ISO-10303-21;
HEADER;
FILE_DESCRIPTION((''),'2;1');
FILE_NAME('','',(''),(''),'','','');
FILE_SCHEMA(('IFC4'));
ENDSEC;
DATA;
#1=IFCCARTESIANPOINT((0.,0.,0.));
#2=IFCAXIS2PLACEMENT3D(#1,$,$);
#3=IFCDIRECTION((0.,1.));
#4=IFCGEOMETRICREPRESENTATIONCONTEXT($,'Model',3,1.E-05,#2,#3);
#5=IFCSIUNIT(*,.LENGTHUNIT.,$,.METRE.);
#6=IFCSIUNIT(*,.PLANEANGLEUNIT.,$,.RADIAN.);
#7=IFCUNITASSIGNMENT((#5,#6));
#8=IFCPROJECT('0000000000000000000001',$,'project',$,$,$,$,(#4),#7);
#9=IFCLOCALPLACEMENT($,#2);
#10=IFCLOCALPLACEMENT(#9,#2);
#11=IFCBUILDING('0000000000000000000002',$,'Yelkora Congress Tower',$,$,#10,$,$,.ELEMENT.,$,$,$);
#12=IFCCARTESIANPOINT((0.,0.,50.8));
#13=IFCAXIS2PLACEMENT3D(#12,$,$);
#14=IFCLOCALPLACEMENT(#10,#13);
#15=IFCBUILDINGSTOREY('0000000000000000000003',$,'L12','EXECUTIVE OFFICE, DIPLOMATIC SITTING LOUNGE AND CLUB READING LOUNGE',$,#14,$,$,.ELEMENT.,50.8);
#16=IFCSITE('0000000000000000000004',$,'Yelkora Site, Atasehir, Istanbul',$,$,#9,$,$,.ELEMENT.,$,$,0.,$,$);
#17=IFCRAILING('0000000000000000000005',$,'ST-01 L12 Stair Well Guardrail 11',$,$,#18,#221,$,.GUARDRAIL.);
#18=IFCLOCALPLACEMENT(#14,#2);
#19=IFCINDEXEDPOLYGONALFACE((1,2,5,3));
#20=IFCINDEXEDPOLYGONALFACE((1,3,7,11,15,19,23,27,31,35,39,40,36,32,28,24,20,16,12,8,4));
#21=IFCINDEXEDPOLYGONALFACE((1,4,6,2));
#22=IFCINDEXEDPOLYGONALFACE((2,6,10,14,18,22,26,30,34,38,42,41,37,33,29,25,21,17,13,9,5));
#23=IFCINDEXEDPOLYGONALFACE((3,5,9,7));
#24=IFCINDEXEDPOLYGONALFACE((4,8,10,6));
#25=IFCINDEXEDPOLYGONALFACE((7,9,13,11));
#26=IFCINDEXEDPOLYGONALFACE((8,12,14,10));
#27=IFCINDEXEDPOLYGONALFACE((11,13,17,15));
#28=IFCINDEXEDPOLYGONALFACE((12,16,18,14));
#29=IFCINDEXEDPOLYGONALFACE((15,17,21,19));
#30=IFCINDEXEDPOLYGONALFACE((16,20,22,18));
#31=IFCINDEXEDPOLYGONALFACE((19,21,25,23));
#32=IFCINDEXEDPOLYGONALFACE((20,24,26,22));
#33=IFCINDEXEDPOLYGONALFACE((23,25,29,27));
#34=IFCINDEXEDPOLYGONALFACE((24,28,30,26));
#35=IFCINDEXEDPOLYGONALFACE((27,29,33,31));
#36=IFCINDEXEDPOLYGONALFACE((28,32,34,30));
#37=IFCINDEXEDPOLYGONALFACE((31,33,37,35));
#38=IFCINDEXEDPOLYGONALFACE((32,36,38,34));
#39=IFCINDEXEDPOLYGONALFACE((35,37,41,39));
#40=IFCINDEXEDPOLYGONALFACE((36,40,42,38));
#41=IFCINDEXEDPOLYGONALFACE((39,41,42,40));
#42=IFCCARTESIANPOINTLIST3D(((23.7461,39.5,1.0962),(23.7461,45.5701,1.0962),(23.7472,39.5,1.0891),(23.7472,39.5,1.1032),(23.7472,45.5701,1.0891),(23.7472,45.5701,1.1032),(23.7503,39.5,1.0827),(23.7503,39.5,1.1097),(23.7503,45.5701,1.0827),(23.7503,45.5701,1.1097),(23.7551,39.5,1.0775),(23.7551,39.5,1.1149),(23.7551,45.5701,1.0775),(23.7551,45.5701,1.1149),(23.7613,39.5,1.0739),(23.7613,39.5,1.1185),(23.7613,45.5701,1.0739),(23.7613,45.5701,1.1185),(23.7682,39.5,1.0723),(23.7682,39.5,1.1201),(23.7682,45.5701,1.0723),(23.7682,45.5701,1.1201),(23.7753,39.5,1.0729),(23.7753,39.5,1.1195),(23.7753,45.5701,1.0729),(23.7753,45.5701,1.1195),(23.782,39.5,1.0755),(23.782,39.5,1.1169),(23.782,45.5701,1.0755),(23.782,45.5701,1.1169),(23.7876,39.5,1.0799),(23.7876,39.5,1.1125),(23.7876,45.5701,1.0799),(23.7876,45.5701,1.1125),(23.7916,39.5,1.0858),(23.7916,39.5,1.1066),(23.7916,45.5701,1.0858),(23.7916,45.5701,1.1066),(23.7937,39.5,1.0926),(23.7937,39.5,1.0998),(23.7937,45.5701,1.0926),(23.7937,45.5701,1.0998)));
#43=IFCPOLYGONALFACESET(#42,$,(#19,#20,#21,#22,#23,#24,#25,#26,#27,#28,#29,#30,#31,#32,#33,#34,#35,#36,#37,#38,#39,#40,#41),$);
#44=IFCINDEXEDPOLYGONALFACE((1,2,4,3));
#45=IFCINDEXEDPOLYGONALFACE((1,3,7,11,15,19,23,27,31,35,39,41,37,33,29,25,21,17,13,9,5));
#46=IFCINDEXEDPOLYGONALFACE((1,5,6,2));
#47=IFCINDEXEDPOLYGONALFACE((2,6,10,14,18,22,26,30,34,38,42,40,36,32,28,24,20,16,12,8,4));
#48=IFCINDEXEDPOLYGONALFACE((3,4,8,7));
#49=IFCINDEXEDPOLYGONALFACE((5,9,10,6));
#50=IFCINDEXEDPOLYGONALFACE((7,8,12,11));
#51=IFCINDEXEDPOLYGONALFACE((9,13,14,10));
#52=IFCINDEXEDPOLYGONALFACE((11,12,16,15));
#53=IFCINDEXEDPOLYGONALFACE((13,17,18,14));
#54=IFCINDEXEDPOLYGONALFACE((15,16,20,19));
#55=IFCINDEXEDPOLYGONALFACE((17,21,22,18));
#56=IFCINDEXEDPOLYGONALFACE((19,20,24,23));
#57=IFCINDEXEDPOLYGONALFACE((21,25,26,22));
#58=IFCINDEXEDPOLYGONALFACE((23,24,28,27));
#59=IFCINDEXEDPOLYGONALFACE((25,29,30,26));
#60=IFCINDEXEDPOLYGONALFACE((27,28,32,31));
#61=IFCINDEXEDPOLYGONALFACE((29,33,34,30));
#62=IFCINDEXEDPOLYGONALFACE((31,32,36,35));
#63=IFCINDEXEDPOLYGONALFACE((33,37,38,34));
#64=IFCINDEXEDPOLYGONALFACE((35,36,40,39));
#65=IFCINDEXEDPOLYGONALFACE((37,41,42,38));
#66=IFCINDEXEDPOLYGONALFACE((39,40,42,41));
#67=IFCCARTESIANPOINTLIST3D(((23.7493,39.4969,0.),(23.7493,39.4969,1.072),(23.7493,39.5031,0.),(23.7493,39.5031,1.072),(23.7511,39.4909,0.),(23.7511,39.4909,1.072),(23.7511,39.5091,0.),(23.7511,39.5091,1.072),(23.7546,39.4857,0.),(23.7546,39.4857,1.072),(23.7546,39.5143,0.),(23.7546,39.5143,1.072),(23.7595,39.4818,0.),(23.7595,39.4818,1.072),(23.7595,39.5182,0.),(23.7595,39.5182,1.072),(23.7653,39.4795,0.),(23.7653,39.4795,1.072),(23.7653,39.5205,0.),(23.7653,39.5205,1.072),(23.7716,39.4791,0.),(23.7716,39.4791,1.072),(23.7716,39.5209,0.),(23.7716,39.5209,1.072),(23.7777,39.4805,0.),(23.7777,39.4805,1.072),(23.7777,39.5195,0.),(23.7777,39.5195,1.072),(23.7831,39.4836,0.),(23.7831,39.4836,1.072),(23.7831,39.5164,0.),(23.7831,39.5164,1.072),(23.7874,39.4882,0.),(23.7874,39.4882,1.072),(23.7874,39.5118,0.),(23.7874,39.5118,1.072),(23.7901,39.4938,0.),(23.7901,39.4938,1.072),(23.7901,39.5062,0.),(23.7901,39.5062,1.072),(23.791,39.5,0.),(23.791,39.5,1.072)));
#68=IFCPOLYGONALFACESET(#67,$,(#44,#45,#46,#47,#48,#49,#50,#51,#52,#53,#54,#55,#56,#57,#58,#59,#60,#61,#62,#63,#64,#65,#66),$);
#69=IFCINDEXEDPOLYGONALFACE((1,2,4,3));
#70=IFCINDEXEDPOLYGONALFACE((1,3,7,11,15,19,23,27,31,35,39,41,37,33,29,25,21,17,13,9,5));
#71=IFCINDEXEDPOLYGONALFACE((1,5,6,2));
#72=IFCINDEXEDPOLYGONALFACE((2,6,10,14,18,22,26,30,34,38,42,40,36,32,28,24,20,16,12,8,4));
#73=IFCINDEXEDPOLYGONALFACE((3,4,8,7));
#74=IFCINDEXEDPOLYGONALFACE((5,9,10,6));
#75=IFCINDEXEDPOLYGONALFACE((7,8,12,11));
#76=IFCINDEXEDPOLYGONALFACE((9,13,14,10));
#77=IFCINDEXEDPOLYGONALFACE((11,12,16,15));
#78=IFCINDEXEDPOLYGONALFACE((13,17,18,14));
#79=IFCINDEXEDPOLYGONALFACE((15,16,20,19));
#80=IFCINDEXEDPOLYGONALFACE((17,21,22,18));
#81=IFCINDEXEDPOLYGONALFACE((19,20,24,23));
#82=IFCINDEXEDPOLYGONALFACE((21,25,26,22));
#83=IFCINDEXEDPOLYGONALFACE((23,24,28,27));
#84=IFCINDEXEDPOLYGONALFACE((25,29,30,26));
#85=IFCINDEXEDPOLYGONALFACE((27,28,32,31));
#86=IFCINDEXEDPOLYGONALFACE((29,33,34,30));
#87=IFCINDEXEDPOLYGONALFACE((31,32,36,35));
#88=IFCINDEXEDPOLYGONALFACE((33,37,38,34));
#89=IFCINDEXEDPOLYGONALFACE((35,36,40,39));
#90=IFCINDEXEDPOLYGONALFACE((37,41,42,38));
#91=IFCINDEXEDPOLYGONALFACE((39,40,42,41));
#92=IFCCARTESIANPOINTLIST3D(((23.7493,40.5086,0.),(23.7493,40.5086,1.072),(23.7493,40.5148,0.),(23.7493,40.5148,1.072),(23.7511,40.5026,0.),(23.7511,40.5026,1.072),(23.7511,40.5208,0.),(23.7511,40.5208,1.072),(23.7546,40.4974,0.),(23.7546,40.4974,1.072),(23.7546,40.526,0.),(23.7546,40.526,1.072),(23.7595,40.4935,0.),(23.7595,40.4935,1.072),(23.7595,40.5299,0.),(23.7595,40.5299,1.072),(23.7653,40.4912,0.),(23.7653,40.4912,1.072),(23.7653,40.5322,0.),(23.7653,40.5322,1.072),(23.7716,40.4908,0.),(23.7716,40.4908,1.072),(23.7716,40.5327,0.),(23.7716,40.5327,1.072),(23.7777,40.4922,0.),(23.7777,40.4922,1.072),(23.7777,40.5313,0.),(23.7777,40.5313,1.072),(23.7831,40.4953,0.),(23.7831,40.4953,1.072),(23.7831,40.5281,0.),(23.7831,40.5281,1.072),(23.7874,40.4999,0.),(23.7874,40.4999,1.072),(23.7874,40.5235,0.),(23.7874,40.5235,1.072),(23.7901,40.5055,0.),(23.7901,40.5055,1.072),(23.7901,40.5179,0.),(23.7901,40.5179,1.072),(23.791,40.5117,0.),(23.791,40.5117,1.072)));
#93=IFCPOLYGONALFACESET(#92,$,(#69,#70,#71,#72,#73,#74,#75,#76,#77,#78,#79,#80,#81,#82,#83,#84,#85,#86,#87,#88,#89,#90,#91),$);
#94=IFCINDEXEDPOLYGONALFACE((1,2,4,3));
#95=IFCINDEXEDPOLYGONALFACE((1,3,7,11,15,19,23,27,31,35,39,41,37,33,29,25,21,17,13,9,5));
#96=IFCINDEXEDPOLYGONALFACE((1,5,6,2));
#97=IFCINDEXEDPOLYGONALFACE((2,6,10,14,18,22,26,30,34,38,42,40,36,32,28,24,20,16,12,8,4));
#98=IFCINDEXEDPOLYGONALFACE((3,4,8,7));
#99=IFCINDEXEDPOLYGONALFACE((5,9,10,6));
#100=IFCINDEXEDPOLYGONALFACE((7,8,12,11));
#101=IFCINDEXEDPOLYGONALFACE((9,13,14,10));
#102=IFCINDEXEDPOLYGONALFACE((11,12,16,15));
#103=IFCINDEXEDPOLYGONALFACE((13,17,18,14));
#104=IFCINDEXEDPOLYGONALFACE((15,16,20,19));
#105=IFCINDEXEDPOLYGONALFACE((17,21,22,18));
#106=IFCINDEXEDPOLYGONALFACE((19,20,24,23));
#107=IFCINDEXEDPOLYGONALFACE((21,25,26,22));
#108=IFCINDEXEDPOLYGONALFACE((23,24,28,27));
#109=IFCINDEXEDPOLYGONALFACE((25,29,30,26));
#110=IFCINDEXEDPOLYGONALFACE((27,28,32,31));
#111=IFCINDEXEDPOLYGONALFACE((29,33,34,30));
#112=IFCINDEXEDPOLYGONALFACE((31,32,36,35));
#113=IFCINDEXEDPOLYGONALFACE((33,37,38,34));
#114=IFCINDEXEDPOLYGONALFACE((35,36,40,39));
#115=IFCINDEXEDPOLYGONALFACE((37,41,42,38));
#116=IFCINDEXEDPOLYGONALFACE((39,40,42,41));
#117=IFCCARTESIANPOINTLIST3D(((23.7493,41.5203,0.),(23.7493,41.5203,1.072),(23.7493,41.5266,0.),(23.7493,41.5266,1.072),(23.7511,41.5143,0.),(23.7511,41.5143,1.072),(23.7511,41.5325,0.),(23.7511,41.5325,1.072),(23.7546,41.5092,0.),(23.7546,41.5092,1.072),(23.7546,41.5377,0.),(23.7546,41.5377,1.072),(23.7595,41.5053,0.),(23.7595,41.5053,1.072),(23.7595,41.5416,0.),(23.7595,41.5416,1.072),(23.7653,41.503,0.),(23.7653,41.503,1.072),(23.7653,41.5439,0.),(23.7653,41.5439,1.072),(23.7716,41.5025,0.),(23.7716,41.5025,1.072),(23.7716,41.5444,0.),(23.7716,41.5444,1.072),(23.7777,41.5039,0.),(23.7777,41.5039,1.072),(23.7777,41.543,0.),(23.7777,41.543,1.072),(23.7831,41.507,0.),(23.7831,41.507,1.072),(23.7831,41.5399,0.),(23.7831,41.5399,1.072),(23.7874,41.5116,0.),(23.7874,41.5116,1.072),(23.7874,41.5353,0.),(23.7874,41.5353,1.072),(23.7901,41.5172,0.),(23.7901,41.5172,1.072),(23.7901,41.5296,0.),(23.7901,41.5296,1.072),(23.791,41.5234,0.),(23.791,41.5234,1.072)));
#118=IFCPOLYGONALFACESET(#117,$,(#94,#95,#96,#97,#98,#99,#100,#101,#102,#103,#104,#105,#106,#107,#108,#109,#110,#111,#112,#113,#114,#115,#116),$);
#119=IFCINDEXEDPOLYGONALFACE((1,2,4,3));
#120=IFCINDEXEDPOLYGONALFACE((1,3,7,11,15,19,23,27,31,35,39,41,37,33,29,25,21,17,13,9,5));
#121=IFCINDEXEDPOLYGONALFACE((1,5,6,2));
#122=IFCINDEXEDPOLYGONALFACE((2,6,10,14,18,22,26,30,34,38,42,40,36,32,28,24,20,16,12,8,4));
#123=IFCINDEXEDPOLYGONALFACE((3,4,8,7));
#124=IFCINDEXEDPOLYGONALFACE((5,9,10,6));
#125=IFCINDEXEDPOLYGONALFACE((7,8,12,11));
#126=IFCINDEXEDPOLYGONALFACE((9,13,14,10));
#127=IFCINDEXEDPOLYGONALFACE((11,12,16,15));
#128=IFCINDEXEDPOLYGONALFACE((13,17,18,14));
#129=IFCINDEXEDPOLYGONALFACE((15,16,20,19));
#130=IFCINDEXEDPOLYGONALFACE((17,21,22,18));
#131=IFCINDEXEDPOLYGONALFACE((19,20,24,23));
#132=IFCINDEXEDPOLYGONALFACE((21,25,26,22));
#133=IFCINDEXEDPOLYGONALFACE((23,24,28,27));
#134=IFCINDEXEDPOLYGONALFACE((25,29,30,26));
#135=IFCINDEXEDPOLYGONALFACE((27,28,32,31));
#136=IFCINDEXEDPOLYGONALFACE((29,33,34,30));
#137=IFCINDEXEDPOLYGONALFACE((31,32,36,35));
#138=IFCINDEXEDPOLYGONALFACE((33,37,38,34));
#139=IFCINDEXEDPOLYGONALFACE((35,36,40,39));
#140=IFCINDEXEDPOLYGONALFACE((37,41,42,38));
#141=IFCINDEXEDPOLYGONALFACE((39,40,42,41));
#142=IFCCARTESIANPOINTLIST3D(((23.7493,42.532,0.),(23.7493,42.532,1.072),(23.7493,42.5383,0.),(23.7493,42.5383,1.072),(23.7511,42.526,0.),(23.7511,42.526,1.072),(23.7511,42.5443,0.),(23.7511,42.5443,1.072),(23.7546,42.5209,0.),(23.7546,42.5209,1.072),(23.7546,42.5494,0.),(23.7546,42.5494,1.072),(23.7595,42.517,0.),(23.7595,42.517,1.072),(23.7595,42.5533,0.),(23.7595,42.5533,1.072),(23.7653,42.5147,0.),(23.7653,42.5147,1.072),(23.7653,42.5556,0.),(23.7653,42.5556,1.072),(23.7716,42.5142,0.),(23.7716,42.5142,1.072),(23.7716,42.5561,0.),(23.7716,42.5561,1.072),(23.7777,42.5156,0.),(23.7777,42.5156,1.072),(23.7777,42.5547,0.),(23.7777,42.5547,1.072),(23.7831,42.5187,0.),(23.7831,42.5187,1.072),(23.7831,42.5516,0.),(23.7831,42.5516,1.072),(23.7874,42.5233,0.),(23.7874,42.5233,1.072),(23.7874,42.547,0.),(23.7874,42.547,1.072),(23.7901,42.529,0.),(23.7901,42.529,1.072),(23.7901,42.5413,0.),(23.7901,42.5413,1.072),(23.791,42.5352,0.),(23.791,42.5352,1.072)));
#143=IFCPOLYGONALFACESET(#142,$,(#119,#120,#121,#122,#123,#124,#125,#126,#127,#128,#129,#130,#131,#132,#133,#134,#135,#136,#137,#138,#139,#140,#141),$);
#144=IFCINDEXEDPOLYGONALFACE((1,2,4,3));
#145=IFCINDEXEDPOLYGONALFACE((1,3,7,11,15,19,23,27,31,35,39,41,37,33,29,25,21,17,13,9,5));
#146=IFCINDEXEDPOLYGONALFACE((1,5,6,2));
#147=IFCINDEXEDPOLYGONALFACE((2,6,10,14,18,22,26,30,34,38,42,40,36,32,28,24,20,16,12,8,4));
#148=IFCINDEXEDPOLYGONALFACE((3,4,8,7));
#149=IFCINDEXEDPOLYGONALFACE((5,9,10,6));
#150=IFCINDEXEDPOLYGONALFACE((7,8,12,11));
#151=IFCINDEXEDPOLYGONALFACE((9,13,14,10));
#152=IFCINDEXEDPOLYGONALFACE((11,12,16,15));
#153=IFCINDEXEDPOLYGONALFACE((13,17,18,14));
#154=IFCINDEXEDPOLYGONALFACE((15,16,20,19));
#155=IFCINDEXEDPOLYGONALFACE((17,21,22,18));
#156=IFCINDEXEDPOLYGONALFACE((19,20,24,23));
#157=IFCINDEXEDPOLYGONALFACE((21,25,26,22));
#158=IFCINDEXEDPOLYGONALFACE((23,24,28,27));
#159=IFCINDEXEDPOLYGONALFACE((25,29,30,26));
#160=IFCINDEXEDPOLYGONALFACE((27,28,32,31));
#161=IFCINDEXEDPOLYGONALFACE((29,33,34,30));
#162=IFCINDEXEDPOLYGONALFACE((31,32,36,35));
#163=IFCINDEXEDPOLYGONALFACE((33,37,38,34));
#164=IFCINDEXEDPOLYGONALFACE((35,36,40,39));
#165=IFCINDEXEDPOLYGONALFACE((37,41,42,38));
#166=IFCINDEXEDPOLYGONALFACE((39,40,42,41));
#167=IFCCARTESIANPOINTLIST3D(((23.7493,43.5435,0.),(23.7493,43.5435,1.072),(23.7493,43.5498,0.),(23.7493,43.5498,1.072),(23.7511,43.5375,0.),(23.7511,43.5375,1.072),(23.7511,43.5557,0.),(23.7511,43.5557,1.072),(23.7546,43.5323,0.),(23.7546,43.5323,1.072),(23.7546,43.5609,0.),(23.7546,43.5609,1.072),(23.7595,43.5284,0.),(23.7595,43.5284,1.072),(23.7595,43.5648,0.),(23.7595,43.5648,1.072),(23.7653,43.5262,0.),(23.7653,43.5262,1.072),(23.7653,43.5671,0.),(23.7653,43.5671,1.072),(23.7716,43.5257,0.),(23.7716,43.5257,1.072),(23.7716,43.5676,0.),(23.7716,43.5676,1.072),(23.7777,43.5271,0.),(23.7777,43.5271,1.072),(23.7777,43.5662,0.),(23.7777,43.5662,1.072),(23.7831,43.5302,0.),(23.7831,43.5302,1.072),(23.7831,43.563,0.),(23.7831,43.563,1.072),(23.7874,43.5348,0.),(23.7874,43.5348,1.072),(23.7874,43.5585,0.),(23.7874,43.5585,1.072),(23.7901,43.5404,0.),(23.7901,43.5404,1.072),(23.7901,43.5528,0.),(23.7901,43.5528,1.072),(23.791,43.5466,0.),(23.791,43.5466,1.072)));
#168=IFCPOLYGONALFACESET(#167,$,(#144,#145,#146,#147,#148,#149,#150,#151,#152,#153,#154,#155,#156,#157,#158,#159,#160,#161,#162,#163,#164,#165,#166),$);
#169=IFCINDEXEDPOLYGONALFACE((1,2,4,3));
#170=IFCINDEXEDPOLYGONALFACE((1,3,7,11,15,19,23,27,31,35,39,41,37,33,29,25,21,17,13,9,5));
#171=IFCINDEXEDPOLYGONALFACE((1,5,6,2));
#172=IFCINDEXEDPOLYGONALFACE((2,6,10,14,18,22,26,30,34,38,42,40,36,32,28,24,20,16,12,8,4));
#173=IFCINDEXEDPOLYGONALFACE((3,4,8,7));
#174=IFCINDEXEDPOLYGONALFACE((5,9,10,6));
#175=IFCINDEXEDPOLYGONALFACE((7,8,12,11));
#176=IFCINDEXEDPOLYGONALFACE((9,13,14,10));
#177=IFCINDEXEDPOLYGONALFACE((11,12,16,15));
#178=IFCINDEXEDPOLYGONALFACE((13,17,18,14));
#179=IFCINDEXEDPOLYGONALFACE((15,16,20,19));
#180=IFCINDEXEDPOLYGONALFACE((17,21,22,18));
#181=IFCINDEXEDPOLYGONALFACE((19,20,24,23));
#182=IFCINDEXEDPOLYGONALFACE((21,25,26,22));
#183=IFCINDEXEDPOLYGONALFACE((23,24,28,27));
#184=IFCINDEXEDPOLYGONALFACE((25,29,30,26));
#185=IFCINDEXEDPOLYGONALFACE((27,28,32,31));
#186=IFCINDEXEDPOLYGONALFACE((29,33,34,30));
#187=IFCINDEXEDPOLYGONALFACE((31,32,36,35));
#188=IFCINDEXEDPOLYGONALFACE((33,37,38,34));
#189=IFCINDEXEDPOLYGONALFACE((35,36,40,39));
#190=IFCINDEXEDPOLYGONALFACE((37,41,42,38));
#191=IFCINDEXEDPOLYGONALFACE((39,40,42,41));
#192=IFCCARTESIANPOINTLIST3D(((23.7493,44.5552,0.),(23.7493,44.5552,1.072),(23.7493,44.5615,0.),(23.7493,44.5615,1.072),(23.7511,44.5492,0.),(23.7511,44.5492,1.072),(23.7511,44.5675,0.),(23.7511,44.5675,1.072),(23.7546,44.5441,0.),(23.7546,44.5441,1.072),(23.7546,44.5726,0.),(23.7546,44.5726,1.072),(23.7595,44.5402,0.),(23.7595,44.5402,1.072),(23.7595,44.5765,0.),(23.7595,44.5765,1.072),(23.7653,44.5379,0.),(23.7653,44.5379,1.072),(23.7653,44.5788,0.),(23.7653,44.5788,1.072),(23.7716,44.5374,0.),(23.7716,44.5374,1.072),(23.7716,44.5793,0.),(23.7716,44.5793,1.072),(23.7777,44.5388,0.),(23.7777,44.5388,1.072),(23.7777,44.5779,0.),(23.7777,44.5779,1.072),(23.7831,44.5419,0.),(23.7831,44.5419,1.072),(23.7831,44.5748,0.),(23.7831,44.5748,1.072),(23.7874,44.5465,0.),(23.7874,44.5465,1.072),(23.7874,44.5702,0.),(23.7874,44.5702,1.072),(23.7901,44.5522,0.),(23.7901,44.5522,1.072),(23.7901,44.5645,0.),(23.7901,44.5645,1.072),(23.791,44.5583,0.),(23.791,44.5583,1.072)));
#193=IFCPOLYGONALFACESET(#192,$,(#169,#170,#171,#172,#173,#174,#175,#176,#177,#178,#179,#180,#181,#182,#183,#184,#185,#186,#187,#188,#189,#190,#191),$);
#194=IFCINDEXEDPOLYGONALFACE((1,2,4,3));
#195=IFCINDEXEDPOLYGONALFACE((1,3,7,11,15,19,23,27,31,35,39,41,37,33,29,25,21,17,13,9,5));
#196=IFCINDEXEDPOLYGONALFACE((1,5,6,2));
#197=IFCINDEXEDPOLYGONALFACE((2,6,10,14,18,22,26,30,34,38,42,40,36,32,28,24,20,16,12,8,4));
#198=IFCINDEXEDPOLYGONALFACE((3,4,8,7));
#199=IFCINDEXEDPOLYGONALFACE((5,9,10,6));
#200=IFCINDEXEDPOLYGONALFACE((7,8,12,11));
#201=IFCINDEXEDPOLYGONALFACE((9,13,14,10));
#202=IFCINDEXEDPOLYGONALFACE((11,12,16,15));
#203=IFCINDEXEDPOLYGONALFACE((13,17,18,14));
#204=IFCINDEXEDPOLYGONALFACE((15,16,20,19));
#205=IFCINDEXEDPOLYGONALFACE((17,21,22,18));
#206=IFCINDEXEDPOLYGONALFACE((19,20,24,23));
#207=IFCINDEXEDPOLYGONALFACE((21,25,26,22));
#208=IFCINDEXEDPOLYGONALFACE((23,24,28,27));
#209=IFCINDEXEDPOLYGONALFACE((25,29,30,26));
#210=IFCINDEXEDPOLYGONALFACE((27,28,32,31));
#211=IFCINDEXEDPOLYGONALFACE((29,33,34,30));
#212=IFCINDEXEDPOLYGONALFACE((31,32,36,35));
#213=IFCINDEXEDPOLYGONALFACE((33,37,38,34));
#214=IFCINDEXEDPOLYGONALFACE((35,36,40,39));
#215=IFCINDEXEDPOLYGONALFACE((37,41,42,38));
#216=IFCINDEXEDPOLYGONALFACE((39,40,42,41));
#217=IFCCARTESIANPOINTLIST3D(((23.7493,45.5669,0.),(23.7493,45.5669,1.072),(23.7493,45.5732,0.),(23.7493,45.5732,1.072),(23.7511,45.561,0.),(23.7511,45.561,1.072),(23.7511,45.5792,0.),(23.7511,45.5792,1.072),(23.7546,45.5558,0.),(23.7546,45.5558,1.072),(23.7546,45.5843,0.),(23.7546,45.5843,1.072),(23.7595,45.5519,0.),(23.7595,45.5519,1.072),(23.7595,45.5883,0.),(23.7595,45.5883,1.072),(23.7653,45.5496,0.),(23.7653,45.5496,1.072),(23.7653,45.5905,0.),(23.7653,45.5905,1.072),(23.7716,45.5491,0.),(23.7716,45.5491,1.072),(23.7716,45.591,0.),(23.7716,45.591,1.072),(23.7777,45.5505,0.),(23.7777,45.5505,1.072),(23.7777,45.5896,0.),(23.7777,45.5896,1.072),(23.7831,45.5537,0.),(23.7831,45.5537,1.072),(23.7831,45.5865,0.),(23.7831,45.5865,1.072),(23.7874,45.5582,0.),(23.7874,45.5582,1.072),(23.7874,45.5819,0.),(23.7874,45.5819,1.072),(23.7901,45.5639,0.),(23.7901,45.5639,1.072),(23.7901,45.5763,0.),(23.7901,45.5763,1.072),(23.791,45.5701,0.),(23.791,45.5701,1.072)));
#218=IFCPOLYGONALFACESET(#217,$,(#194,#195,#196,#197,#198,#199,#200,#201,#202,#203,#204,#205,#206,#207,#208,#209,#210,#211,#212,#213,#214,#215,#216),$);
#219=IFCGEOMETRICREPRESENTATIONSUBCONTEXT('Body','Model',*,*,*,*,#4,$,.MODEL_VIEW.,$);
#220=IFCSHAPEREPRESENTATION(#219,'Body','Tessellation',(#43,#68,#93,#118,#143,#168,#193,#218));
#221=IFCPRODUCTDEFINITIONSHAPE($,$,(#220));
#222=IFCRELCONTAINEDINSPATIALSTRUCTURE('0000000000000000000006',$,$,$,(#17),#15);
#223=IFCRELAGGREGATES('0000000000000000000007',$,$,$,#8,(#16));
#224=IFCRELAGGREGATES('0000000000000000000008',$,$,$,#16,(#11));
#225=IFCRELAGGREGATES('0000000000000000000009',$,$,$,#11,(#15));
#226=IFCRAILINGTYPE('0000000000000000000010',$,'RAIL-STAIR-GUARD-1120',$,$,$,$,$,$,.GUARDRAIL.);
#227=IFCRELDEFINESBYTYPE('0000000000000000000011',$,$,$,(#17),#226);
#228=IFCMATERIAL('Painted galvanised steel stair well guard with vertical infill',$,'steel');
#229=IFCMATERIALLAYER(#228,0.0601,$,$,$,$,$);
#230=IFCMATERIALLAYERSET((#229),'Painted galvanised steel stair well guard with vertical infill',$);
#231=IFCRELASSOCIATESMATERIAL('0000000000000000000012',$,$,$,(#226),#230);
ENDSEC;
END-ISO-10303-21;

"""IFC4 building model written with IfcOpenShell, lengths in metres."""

from ifc_helpers import new_model, si_unit, direction, frame, origin, origin_2d, place, context, subcontext, project, spatial, circle, extrude, material, layer, layer_set, type_object, element, save


model = new_model("IFC4")

# Units and contexts
model_context = context("Model", 3, precision=1e-05, world=origin(), true_north=direction((0.0, 1.0)))
body_context = subcontext(model_context, "Body", "Model", "MODEL_VIEW")
ifc_project = project(units=[si_unit("LENGTHUNIT", "METRE"), si_unit("PLANEANGLEUNIT", "RADIAN")], contexts=[model_context])

# Site, building, storey
site_placement = place(None, origin())
site = spatial("IfcSite", under=ifc_project, at=site_placement, Name="Yelkora Site, Atasehir, Istanbul", CompositionType="ELEMENT", RefElevation=0.0)
building_placement = place(site_placement, origin())
building = spatial("IfcBuilding", under=site, at=building_placement, Name="Yelkora Congress Tower", CompositionType="ELEMENT")
storey_placement = place(building_placement, frame((0.0, 0.0, 50.8)))
storey = spatial("IfcBuildingStorey", under=building, at=storey_placement, Name="L12", Description="EXECUTIVE OFFICE, DIPLOMATIC SITTING LOUNGE AND CLUB READING LOUNGE", CompositionType="ELEMENT", Elevation=50.8)

# Railing
ifc_material_1 = material(Name="Painted galvanised steel stair well guard with vertical infill", Category="steel")
ifc_layer_1 = layer(ifc_material_1, 0.0601)
ifc_layer_set_1 = layer_set([ifc_layer_1], Name="Painted galvanised steel stair well guard with vertical infill")
railing_type = type_object("IfcRailingType", Name="RAIL-STAIR-GUARD-1120", PredefinedType="GUARDRAIL", material=ifc_layer_set_1)
railing_placement = place(storey_placement, frame((23.77, 39.5, 0.0)))
element("IfcRailing", 1, at=railing_placement, inside=storey, type_object=railing_type, Name="ST-01 L12 Stair Well Guardrail 11", PredefinedType="GUARDRAIL", context=body_context, shape_type="SweptSolid", body=[
    extrude(circle(Radius=0.0239, at=origin_2d()), frame((0.0, 0.0, 1.0962), z_axis=(0.0, 1.0, 0.0), x_axis=(-1.0, 0.0, 0.0)), (0.0, 0.0, 1.0), 6.0701),
    extrude(circle(Radius=0.021, at=origin_2d()), origin(), (0.0, 0.0, 1.0), 1.072),
    extrude(circle(Radius=0.021, at=origin_2d()), frame((0.0, 1.0117, 0.0)), (0.0, 0.0, 1.0), 1.072),
    extrude(circle(Radius=0.021, at=origin_2d()), frame((0.0, 2.0234, 0.0)), (0.0, 0.0, 1.0), 1.072),
    extrude(circle(Radius=0.021, at=origin_2d()), frame((0.0, 3.0352, 0.0)), (0.0, 0.0, 1.0), 1.072),
    extrude(circle(Radius=0.021, at=origin_2d()), frame((0.0, 4.0466, 0.0)), (0.0, 0.0, 1.0), 1.072),
    extrude(circle(Radius=0.021, at=origin_2d()), frame((0.0, 5.0583, 0.0)), (0.0, 0.0, 1.0), 1.072),
    extrude(circle(Radius=0.021, at=origin_2d()), frame((0.0, 6.0701, 0.0)), (0.0, 0.0, 1.0), 1.072),
])

save(model, "model.ifc")
